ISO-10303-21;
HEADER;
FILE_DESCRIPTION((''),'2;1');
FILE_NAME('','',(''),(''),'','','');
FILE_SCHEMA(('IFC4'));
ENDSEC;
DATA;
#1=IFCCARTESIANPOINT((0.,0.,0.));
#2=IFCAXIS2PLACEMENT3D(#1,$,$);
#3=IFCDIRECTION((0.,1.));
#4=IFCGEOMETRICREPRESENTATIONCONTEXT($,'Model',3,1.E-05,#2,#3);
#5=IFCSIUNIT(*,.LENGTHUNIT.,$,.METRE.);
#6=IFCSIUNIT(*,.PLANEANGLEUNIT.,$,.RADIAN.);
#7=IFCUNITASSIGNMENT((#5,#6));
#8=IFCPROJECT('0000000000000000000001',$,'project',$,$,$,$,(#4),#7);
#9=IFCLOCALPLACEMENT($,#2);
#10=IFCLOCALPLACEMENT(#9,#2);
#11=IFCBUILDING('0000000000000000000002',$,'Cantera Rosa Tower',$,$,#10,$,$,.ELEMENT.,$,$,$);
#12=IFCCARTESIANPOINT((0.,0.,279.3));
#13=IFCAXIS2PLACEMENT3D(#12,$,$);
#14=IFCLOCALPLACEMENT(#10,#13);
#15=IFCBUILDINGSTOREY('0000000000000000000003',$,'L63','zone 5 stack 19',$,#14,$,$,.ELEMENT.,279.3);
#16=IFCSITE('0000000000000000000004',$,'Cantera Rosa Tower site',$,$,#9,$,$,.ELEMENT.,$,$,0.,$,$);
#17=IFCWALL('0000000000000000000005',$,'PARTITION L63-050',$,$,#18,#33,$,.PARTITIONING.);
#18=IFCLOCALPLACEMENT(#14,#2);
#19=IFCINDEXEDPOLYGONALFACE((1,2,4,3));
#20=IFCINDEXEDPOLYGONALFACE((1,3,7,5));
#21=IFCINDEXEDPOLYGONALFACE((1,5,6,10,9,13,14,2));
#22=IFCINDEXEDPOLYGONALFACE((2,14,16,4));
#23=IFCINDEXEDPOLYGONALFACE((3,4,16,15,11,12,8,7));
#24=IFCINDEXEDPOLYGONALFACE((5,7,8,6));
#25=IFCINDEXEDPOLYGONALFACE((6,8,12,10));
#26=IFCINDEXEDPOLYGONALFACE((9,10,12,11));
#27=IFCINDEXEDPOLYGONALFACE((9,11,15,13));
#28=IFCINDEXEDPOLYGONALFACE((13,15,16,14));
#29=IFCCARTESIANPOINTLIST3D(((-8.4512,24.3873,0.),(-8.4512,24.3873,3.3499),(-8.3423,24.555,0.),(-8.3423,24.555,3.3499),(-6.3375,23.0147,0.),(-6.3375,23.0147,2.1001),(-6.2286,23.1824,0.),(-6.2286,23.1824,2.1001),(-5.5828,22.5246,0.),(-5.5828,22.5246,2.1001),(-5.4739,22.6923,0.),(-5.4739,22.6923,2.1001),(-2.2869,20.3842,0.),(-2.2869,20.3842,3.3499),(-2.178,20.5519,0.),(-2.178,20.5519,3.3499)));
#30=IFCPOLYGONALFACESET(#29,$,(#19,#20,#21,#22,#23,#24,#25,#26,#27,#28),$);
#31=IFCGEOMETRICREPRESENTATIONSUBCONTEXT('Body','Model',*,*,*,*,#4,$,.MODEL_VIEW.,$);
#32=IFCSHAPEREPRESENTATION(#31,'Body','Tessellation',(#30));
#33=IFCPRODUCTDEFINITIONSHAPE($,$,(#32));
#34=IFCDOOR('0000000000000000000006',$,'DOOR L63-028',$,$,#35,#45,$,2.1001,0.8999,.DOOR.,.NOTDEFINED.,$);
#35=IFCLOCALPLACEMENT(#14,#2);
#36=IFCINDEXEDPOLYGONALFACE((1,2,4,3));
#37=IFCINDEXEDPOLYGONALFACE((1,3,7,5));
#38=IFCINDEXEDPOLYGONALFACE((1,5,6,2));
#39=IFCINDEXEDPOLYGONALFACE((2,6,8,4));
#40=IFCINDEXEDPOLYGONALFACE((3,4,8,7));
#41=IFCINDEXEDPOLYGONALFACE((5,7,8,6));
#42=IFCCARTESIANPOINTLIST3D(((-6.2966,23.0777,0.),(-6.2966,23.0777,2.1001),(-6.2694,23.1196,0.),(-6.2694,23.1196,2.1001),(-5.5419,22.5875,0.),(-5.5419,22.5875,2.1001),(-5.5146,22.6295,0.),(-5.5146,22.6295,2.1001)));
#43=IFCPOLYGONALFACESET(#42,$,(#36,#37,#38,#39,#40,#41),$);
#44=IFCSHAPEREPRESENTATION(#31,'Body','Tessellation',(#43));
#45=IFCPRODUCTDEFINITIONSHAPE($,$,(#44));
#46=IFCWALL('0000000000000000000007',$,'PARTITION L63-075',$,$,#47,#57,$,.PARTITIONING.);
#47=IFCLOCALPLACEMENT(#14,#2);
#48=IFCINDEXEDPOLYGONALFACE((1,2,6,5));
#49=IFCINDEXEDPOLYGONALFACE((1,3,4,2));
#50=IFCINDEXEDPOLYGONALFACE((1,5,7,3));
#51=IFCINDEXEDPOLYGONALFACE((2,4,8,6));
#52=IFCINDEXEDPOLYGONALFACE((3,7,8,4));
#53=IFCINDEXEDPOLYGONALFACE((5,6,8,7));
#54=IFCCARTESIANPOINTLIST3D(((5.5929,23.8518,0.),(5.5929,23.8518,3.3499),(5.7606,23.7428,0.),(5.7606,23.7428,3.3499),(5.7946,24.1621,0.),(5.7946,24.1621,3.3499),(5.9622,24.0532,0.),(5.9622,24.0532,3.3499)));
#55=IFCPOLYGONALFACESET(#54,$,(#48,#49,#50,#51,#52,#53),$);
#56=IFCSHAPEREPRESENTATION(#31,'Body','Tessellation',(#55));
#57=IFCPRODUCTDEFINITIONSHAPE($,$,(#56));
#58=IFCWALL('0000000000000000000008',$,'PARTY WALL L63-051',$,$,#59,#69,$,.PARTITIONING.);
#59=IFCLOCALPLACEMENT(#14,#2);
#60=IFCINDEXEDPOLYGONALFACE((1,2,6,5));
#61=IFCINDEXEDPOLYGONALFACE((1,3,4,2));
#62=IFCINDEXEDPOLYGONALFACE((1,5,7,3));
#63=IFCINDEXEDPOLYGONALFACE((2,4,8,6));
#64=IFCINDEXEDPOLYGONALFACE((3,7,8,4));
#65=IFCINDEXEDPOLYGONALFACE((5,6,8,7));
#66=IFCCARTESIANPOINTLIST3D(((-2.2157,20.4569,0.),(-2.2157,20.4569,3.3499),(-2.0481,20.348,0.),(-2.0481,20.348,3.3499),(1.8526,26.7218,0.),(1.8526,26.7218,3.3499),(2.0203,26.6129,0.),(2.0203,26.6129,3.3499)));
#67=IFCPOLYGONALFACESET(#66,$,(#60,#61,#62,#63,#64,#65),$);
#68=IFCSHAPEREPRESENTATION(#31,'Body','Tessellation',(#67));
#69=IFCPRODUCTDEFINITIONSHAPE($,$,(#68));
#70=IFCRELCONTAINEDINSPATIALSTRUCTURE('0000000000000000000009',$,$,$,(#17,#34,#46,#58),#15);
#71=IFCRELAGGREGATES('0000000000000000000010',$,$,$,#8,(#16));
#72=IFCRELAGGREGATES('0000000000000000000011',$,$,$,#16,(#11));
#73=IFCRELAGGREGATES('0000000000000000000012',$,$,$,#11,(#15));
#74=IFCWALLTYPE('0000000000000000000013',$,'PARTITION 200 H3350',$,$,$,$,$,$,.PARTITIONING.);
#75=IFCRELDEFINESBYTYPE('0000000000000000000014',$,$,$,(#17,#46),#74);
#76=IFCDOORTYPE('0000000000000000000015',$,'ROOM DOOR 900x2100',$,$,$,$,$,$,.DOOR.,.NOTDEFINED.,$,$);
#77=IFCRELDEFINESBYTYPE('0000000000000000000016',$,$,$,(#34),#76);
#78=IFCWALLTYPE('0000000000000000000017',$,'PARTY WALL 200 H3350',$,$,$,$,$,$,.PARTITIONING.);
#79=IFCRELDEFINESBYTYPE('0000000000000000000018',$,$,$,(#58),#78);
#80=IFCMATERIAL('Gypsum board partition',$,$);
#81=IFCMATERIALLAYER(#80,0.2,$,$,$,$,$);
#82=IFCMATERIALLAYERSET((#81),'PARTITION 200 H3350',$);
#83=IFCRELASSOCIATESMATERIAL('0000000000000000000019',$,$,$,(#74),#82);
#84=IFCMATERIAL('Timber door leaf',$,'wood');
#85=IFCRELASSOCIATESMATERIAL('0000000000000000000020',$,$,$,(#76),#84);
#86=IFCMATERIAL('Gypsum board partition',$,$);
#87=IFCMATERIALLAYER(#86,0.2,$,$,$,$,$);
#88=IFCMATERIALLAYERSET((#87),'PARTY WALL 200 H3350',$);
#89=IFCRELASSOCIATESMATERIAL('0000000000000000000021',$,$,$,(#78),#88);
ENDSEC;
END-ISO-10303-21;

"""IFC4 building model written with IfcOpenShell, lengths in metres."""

from ifc_helpers import new_model, si_unit, direction, frame, frame_2d, origin, place, context, subcontext, project, spatial, rectangle, extrude, material, layer, layer_set, type_object, element, fill, save


model = new_model("IFC4")

# Units and contexts
model_context = context("Model", 3, precision=1e-05, world=origin(), true_north=direction((0.0, 1.0)))
body_context = subcontext(model_context, "Body", "Model", "MODEL_VIEW")
ifc_project = project(units=[si_unit("LENGTHUNIT", "METRE"), si_unit("PLANEANGLEUNIT", "RADIAN")], contexts=[model_context])

# Site, building, storey
site_placement = place(None, origin())
site = spatial("IfcSite", under=ifc_project, at=site_placement, Name="Cantera Rosa Tower site", CompositionType="ELEMENT", RefElevation=0.0)
building_placement = place(site_placement, origin())
building = spatial("IfcBuilding", under=site, at=building_placement, Name="Cantera Rosa Tower", CompositionType="ELEMENT")
storey_placement = place(building_placement, frame((0.0, 0.0, 279.3)))
storey = spatial("IfcBuildingStorey", under=building, at=storey_placement, Name="L63", Description="zone 5 stack 19", CompositionType="ELEMENT", Elevation=279.3)

# Wall, opening, door
ifc_material_1 = material(Name="Gypsum board partition")
ifc_layer_1 = layer(ifc_material_1, 0.2)
ifc_layer_set_1 = layer_set([ifc_layer_1], Name="PARTITION 200 H3350")
wall_type_1 = type_object("IfcWallType", Name="PARTITION 200 H3350", PredefinedType="PARTITIONING", material=ifc_layer_set_1)
wall_1_placement = place(storey_placement, frame((-2.2324, 20.468, 0.0), z_axis=(0.0, 0.0, 1.0), x_axis=(-0.838669, 0.544642, 0.0)))
wall_1 = element("IfcWall", 1, at=wall_1_placement, inside=storey, type_object=wall_type_1, Name="PARTITION L63-050", PredefinedType="PARTITIONING", context=body_context, shape_type="SweptSolid", body=[
    extrude(rectangle(XDim=7.3501, YDim=0.2, at=frame_2d((3.675, 0.0))), origin(), (0.0, 0.0, 1.0), 3.3499),
])
opening_1_placement = place(wall_1_placement, frame((3.9299, 0.0, 0.0)))
opening_1 = element("IfcOpeningElement", 2, at=opening_1_placement, cuts=wall_1, PredefinedType="OPENING", context=body_context, shape_type="SweptSolid", body=[
    extrude(rectangle(XDim=0.8999, YDim=2.1001, at=frame_2d((0.45, 1.05))), frame((0.0, 0.1099, 0.0), z_axis=(0.0, -1.0, 0.0), x_axis=(1.0, 0.0, 0.0)), (0.0, 0.0, 1.0), 0.22),
])
ifc_material_2 = material(Name="Timber door leaf", Category="wood")
door_type_1 = type_object("IfcDoorType", Name="ROOM DOOR 900x2100", OperationType="NOTDEFINED", PredefinedType="DOOR", material=ifc_material_2)
door_1_placement = place(opening_1_placement, origin())
door_1 = element("IfcDoor", 3, at=door_1_placement, inside=storey, type_object=door_type_1, Name="DOOR L63-028", OperationType="NOTDEFINED", OverallHeight=2.1001, OverallWidth=0.8999, PredefinedType="DOOR", context=body_context, shape_type="SweptSolid", body=[
    extrude(rectangle(XDim=0.8999, YDim=2.1001, at=frame_2d((0.45, 1.05))), frame((0.0, 0.0249, 0.0), z_axis=(0.0, -1.0, 0.0), x_axis=(1.0, 0.0, 0.0)), (0.0, 0.0, 1.0), 0.05),
])
fill(opening_1, door_1)

# Walls
wall_2_placement = place(storey_placement, frame((5.8784, 24.1077, 0.0), z_axis=(0.0, 0.0, 1.0), x_axis=(-0.544919, -0.838489, 0.0)))
element("IfcWall", 4, at=wall_2_placement, inside=storey, type_object=wall_type_1, Name="PARTITION L63-075", PredefinedType="PARTITIONING", context=body_context, shape_type="SweptSolid", body=[
    extrude(rectangle(XDim=0.3701, YDim=0.2, at=frame_2d((0.1851, 0.0))), origin(), (0.0, 0.0, 1.0), 3.3499),
])
ifc_material_3 = material(Name="Gypsum board partition")
ifc_layer_2 = layer(ifc_material_3, 0.2)
ifc_layer_set_2 = layer_set([ifc_layer_2], Name="PARTY WALL 200 H3350")
wall_type_2 = type_object("IfcWallType", Name="PARTY WALL 200 H3350", PredefinedType="PARTITIONING", material=ifc_layer_set_2)
wall_3_placement = place(storey_placement, frame((-2.1318, 20.4026, 0.0), z_axis=(0.0, 0.0, 1.0), x_axis=(0.544629, 0.838677, 0.0)))
element("IfcWall", 5, at=wall_3_placement, inside=storey, type_object=wall_type_2, Name="PARTY WALL L63-051", PredefinedType="PARTITIONING", context=body_context, shape_type="SweptSolid", body=[
    extrude(rectangle(XDim=7.47, YDim=0.2, at=frame_2d((3.7349, 0.0))), origin(), (0.0, 0.0, 1.0), 3.3499),
])

save(model, "model.ifc")
